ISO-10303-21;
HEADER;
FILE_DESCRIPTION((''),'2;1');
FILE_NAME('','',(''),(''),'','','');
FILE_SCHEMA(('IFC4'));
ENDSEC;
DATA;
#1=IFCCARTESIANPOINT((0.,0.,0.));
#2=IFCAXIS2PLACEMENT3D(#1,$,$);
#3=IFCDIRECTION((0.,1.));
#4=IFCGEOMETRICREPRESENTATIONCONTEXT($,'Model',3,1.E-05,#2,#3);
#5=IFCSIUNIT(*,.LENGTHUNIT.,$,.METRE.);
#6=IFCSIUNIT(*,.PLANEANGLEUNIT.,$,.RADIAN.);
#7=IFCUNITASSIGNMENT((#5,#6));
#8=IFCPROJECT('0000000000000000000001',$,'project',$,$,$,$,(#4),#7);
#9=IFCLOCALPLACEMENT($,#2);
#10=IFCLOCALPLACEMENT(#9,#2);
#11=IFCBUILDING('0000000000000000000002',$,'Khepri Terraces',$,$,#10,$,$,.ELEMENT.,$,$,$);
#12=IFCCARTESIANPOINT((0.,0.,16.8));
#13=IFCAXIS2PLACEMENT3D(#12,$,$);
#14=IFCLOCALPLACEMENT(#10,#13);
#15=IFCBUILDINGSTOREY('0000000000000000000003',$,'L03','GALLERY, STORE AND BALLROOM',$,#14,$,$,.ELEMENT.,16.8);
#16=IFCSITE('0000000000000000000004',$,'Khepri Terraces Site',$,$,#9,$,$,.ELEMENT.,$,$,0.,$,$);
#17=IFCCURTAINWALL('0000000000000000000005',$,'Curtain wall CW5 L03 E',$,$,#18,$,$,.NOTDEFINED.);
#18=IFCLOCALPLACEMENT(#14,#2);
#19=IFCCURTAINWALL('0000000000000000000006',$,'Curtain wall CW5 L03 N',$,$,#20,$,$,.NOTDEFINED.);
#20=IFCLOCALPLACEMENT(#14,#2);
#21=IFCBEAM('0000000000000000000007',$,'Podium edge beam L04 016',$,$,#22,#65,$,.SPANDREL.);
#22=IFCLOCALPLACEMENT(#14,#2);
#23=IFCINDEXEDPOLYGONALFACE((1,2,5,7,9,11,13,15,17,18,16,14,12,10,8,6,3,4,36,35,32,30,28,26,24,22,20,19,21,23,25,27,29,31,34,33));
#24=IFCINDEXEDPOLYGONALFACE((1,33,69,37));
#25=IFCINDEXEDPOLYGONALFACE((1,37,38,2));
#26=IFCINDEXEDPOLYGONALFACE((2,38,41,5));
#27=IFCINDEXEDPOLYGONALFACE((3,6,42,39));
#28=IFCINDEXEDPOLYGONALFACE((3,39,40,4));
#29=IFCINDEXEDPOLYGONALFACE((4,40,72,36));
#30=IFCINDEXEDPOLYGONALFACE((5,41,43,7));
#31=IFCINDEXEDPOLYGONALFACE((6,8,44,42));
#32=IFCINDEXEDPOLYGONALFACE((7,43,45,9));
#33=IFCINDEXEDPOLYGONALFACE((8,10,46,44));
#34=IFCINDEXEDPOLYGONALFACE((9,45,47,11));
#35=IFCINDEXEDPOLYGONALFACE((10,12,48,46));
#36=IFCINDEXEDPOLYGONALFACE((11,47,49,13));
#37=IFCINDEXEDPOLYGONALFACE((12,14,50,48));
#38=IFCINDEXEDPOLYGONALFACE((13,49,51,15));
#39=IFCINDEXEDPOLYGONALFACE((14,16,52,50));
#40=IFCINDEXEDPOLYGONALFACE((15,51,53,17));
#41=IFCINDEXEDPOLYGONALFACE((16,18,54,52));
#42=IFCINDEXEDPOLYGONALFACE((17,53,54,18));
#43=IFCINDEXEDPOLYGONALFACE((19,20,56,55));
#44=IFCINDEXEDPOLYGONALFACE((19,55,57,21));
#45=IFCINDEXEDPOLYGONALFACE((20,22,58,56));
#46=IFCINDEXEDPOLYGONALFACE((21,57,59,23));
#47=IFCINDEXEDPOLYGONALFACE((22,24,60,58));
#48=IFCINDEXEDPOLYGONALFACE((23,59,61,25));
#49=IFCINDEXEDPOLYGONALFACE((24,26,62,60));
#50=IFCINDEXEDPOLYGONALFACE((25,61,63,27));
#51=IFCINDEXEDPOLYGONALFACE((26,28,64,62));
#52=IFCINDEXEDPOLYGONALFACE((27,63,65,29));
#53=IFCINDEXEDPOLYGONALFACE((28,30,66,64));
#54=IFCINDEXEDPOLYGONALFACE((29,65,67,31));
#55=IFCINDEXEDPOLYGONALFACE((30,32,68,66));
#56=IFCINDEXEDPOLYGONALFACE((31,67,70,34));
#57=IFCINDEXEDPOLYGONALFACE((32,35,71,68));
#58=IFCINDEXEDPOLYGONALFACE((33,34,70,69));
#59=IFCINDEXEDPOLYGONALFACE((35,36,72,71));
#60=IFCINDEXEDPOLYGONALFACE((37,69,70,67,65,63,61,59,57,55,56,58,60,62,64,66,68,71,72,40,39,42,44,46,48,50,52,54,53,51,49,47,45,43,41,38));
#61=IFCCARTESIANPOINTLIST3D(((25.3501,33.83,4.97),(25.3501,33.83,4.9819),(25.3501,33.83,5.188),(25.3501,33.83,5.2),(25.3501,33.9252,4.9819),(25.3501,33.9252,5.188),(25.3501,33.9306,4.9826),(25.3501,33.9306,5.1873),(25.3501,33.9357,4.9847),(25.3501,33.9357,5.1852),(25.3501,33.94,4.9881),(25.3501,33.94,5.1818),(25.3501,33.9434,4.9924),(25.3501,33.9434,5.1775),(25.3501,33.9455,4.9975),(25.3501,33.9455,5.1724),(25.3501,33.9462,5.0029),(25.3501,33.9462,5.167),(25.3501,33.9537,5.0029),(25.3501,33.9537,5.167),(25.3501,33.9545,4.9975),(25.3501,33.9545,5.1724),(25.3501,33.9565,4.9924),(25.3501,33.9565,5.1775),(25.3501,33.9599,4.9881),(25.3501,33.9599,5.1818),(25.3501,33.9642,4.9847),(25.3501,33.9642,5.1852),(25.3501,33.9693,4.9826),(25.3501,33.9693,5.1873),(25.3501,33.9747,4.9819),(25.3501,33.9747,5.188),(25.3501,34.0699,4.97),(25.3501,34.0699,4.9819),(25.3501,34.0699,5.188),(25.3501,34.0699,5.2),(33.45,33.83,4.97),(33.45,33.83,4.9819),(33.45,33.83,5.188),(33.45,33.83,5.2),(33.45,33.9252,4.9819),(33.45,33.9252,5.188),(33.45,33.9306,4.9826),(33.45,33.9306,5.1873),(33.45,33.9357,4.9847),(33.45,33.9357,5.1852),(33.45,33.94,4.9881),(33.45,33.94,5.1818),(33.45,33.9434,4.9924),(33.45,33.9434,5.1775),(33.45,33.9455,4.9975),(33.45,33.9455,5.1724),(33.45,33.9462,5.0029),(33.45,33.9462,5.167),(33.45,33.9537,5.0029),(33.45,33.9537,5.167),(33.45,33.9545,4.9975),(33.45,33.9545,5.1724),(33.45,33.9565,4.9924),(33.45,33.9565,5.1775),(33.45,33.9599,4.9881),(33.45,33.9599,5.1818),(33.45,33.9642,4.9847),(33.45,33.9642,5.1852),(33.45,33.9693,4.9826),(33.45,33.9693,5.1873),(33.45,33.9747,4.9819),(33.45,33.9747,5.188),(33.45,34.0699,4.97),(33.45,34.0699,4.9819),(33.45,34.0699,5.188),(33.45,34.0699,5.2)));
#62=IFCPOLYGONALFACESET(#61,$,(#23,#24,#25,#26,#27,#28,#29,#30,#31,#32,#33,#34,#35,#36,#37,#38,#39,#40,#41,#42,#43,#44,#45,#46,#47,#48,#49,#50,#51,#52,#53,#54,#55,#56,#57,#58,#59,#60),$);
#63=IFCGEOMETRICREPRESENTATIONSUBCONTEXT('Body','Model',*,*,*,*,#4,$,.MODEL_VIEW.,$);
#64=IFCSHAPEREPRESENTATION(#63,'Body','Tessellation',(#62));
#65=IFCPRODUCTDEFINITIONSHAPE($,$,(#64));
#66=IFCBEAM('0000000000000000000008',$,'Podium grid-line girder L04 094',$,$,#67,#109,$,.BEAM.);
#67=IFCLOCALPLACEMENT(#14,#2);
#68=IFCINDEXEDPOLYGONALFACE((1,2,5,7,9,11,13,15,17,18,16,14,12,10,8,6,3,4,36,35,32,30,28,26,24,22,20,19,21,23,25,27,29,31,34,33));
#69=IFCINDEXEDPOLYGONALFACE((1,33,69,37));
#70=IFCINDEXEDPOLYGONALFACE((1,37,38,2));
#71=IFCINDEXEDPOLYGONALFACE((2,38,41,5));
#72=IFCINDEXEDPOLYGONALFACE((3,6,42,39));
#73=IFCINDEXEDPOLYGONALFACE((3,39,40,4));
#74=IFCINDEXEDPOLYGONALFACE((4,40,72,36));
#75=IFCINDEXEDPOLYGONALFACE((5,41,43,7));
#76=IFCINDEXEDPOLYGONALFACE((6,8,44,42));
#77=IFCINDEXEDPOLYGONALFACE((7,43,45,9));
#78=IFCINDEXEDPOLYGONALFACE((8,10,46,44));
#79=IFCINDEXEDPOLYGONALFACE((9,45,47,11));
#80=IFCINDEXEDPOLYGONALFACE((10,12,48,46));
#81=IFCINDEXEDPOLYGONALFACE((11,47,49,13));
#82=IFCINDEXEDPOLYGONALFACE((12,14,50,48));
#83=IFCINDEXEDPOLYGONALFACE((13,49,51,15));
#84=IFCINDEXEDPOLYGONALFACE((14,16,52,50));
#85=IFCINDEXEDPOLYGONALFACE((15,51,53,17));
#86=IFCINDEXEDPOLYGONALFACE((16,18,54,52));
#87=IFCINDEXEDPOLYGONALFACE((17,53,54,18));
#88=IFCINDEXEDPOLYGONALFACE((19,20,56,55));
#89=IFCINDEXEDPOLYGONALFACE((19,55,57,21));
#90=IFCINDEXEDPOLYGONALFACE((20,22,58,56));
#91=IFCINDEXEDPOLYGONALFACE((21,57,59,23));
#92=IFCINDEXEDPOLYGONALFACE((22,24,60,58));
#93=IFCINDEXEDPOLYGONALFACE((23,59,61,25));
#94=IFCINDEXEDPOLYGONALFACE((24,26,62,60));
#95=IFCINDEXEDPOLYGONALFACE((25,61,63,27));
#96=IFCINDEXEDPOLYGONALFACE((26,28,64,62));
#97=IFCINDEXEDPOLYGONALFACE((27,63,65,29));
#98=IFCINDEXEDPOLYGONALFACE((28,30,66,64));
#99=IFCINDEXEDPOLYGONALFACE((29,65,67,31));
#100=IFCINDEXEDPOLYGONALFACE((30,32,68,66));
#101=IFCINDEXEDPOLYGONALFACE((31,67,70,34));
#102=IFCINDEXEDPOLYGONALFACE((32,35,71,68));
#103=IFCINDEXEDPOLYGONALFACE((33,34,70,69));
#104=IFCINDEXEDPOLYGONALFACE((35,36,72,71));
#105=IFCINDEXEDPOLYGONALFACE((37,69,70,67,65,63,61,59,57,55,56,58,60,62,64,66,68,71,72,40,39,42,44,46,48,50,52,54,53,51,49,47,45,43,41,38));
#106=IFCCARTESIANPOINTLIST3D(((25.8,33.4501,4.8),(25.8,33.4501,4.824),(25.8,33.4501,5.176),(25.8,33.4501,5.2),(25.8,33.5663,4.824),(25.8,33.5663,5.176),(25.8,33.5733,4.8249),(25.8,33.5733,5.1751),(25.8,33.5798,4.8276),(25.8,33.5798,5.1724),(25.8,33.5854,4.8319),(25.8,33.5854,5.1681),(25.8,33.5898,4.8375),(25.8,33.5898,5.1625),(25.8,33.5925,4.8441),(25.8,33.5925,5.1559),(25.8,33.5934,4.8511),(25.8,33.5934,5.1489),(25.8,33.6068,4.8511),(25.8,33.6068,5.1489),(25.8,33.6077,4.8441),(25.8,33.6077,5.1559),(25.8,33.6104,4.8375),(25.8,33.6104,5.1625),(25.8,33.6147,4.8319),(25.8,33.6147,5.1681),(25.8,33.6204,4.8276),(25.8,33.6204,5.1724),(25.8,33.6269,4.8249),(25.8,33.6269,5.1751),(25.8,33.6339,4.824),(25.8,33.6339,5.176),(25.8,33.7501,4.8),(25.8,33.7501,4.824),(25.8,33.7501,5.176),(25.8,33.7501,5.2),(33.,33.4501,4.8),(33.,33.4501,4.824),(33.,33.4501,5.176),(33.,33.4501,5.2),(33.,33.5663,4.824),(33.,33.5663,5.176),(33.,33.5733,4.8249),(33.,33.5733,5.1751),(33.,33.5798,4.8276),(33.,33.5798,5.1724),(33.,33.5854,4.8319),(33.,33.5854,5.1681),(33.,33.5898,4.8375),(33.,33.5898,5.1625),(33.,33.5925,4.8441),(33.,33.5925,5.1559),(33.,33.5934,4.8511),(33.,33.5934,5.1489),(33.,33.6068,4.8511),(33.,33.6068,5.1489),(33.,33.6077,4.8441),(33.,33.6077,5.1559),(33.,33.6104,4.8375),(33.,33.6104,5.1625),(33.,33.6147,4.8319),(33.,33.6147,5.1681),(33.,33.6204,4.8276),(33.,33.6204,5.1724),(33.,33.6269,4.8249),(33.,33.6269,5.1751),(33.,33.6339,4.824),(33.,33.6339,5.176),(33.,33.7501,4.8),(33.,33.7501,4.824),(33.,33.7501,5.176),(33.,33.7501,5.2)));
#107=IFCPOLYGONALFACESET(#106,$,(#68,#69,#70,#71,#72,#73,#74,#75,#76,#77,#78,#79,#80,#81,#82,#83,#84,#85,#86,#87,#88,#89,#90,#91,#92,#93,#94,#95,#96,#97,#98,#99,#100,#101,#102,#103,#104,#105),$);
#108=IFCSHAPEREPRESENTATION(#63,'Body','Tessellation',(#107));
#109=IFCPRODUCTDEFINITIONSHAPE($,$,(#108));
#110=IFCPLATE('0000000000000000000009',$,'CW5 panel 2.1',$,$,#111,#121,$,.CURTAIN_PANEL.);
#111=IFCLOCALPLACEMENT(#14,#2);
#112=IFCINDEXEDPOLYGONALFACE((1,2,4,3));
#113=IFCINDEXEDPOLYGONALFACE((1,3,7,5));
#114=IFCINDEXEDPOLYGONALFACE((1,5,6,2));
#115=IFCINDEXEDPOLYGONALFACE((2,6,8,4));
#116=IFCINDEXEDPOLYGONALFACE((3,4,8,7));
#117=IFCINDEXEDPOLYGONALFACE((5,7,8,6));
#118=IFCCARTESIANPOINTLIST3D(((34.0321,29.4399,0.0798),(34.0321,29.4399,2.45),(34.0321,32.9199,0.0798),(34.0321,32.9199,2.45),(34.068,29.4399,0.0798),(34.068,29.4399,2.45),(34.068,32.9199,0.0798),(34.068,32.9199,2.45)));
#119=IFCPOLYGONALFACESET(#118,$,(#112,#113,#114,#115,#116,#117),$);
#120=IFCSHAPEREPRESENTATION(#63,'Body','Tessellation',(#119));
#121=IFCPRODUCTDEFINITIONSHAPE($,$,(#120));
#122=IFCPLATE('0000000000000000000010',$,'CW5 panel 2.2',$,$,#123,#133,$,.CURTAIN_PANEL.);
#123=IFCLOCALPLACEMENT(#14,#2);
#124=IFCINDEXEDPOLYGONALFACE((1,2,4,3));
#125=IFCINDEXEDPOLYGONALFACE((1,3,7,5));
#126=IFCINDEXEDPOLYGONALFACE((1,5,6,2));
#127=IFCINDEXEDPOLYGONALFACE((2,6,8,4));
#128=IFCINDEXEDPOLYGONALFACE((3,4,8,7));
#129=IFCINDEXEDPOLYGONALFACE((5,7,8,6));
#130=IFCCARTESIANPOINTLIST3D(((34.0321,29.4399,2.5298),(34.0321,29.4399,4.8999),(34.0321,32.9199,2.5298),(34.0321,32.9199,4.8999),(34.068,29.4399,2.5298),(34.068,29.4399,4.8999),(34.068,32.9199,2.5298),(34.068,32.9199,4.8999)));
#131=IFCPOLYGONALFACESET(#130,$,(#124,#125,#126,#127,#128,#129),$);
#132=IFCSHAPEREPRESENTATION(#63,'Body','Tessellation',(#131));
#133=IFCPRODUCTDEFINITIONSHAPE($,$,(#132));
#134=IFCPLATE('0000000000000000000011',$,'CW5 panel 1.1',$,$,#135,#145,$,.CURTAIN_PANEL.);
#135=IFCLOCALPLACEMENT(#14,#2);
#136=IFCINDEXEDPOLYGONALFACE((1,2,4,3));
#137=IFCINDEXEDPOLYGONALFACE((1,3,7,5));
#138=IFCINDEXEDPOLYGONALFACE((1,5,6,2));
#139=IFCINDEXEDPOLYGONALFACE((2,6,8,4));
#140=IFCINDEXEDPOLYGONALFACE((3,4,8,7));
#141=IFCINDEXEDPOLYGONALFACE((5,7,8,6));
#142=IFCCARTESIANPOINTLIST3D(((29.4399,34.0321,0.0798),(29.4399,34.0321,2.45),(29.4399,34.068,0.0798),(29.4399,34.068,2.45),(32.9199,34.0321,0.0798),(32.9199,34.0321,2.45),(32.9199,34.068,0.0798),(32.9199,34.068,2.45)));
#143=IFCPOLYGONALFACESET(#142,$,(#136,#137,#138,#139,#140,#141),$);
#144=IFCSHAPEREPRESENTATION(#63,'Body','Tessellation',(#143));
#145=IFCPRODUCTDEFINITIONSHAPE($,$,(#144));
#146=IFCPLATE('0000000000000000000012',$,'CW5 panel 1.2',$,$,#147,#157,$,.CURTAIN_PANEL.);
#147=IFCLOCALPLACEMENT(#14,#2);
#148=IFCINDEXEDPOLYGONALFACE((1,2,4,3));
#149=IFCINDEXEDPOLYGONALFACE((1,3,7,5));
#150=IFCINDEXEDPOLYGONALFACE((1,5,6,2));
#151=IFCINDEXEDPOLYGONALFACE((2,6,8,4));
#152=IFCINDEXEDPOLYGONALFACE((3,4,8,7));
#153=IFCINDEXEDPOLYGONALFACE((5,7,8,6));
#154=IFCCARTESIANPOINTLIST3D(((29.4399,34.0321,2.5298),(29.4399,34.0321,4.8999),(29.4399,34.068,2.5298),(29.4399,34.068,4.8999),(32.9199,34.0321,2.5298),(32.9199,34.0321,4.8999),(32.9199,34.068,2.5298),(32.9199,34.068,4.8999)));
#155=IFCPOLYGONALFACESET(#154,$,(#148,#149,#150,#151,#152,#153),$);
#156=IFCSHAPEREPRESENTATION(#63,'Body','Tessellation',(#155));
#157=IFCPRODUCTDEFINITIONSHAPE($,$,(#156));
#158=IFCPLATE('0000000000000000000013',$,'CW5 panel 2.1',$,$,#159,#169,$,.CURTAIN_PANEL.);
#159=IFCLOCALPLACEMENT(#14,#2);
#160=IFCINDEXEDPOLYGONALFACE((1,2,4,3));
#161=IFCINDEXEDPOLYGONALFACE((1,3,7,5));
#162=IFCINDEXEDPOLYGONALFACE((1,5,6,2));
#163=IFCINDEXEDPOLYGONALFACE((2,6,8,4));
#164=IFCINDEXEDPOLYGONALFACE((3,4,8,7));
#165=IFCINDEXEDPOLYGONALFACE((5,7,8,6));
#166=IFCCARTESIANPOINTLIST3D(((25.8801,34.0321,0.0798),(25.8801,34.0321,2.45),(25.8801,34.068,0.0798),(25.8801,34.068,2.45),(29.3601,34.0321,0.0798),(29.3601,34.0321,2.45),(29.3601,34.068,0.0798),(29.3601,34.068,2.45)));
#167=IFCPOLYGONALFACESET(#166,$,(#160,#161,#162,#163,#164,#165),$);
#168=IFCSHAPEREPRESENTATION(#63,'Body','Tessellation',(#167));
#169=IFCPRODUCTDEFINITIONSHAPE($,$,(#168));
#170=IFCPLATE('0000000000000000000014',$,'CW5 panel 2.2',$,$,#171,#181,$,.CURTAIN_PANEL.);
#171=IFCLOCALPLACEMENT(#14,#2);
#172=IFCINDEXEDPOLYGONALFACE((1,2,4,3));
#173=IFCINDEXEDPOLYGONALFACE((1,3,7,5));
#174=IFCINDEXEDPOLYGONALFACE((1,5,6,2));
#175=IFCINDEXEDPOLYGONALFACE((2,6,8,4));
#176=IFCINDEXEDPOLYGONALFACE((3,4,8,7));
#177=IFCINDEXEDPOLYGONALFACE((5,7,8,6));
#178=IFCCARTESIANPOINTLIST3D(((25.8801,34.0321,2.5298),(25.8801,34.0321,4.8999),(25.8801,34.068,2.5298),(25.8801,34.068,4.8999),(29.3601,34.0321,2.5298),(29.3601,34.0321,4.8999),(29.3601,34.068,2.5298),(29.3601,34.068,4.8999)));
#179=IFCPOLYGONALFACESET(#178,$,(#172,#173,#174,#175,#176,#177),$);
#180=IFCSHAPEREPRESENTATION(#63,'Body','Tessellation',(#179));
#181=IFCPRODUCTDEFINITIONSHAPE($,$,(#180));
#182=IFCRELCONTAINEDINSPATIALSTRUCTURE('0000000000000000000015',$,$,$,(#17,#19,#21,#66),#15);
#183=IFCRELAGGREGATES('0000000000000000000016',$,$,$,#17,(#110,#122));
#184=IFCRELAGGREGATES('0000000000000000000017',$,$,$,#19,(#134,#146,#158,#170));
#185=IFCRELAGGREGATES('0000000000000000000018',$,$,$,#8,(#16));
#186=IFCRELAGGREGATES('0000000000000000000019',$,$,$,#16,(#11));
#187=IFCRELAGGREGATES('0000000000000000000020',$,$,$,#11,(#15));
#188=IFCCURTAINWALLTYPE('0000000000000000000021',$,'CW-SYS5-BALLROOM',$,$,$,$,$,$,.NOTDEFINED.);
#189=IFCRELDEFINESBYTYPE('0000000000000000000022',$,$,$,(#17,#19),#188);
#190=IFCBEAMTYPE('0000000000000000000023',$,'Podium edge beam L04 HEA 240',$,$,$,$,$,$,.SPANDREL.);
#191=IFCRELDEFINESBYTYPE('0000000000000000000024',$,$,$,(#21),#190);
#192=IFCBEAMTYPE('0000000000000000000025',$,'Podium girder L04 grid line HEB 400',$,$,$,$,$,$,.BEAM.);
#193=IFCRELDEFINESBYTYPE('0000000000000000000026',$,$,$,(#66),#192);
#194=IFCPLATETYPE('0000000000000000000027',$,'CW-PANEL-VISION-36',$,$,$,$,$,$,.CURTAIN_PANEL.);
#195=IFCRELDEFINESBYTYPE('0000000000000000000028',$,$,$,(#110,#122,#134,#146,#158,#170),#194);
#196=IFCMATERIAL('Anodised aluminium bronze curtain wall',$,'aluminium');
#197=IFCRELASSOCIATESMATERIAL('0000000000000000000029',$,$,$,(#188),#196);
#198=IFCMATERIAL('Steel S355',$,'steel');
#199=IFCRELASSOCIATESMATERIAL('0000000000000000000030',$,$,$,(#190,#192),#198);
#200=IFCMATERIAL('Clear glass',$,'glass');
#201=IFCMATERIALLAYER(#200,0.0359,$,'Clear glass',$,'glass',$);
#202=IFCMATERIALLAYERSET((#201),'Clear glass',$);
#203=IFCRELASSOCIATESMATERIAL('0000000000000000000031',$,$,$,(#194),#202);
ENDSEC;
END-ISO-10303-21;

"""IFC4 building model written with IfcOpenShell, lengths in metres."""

from ifc_helpers import new_model, si_unit, direction, frame, origin, origin_2d, place, context, subcontext, project, spatial, rectangle, i_section, extrude, material, layer, layer_set, material_profile, profile_set, type_object, element, aggregate, save


model = new_model("IFC4")

# Units and contexts
model_context = context("Model", 3, precision=1e-05, world=origin(), true_north=direction((0.0, 1.0)))
body_context = subcontext(model_context, "Body", "Model", "MODEL_VIEW")
ifc_project = project(units=[si_unit("LENGTHUNIT", "METRE"), si_unit("PLANEANGLEUNIT", "RADIAN")], contexts=[model_context])

# Site, building, storey
site_placement = place(None, origin())
site = spatial("IfcSite", under=ifc_project, at=site_placement, Name="Khepri Terraces Site", CompositionType="ELEMENT", RefElevation=0.0)
building_placement = place(site_placement, origin())
building = spatial("IfcBuilding", under=site, at=building_placement, Name="Khepri Terraces", CompositionType="ELEMENT")
storey_placement = place(building_placement, frame((0.0, 0.0, 16.8)))
storey = spatial("IfcBuildingStorey", under=building, at=storey_placement, Name="L03", Description="GALLERY, STORE AND BALLROOM", CompositionType="ELEMENT", Elevation=16.8)

# Curtain wall
ifc_material_1 = material(Name="Anodised aluminium bronze curtain wall", Category="aluminium")
curtain_wall_type = type_object("IfcCurtainWallType", Name="CW-SYS5-BALLROOM", PredefinedType="NOTDEFINED", material=ifc_material_1)
curtain_wall_1_placement = place(storey_placement, origin())
curtain_wall_1 = element("IfcCurtainWall", 1, at=curtain_wall_1_placement, inside=storey, type_object=curtain_wall_type, Name="Curtain wall CW5 L03 E", PredefinedType="NOTDEFINED")

# Curtain wall
curtain_wall_2_placement = place(storey_placement, origin())
curtain_wall_2 = element("IfcCurtainWall", 2, at=curtain_wall_2_placement, inside=storey, type_object=curtain_wall_type, Name="Curtain wall CW5 L03 N", PredefinedType="NOTDEFINED")

# Beams
ifc_material_2 = material(Name="Steel S355", Category="steel")
ifc_material_profile_1 = material_profile(ifc_material_2, i_section(OverallWidth=0.24, OverallDepth=0.23, WebThickness=0.0076, FlangeThickness=0.012, FilletRadius=0.021, at=origin_2d()), Name="Steel S355", Category="steel")
ifc_profile_set_1 = profile_set([ifc_material_profile_1], Name="Steel S355")
beam_type_1 = type_object("IfcBeamType", Name="Podium edge beam L04 HEA 240", PredefinedType="SPANDREL", material=ifc_profile_set_1)
beam_1_placement = place(storey_placement, frame((25.3501, 33.95, 5.085), z_axis=(1.0, 0.0, 0.0), x_axis=(0.0, 1.0, 0.0)))
element("IfcBeam", 3, at=beam_1_placement, inside=storey, type_object=beam_type_1, Name="Podium edge beam L04 016", PredefinedType="SPANDREL", context=body_context, shape_type="SweptSolid", body=[
    extrude(i_section(OverallWidth=0.24, OverallDepth=0.23, WebThickness=0.0076, FlangeThickness=0.012, FilletRadius=0.021, at=origin_2d()), origin(), (0.0, 0.0, 1.0), 8.0999),
])
ifc_material_profile_2 = material_profile(ifc_material_2, i_section(OverallWidth=0.3, OverallDepth=0.3999, WebThickness=0.0134, FlangeThickness=0.0239, FilletRadius=0.0271, at=origin_2d()), Name="Steel S355", Category="steel")
ifc_profile_set_2 = profile_set([ifc_material_profile_2], Name="Steel S355")
beam_type_2 = type_object("IfcBeamType", Name="Podium girder L04 grid line HEB 400", PredefinedType="BEAM", material=ifc_profile_set_2)
beam_2_placement = place(storey_placement, frame((25.8, 33.6001, 5.0), z_axis=(1.0, 0.0, 0.0), x_axis=(0.0, 1.0, 0.0)))
element("IfcBeam", 4, at=beam_2_placement, inside=storey, type_object=beam_type_2, Name="Podium grid-line girder L04 094", PredefinedType="BEAM", context=body_context, shape_type="SweptSolid", body=[
    extrude(i_section(OverallWidth=0.3, OverallDepth=0.3999, WebThickness=0.0134, FlangeThickness=0.0239, FilletRadius=0.0271, at=origin_2d()), origin(), (0.0, 0.0, 1.0), 7.2),
])

# Plates
ifc_material_3 = material(Name="Clear glass", Category="glass")
ifc_layer = layer(ifc_material_3, 0.0359, Name="Clear glass", Category="glass")
ifc_layer_set = layer_set([ifc_layer], Name="Clear glass")
plate_type = type_object("IfcPlateType", Name="CW-PANEL-VISION-36", PredefinedType="CURTAIN_PANEL", material=ifc_layer_set)
plate_1_placement = place(storey_placement, frame((34.05, 31.1799, 0.0798), z_axis=(0.0, 0.0, 1.0), x_axis=(0.0, 1.0, 0.0)))
plate_1 = element("IfcPlate", 5, at=plate_1_placement, type_object=plate_type, Name="CW5 panel 2.1", PredefinedType="CURTAIN_PANEL", context=body_context, shape_type="SweptSolid", body=[
    extrude(rectangle(XDim=3.48, YDim=0.0359, at=origin_2d()), origin(), (0.0, 0.0, 1.0), 2.3701),
])
plate_2_placement = place(storey_placement, frame((34.05, 31.1799, 2.5298), z_axis=(0.0, 0.0, 1.0), x_axis=(0.0, 1.0, 0.0)))
plate_2 = element("IfcPlate", 6, at=plate_2_placement, type_object=plate_type, Name="CW5 panel 2.2", PredefinedType="CURTAIN_PANEL", context=body_context, shape_type="SweptSolid", body=[
    extrude(rectangle(XDim=3.48, YDim=0.0359, at=origin_2d()), origin(), (0.0, 0.0, 1.0), 2.3701),
])
aggregate(curtain_wall_1, [plate_1, plate_2])
plate_3_placement = place(storey_placement, frame((31.1799, 34.05, 0.0798), z_axis=(0.0, 0.0, 1.0), x_axis=(-1.0, 0.0, 0.0)))
plate_3 = element("IfcPlate", 7, at=plate_3_placement, type_object=plate_type, Name="CW5 panel 1.1", PredefinedType="CURTAIN_PANEL", context=body_context, shape_type="SweptSolid", body=[
    extrude(rectangle(XDim=3.48, YDim=0.0359, at=origin_2d()), origin(), (0.0, 0.0, 1.0), 2.3701),
])
plate_4_placement = place(storey_placement, frame((31.1799, 34.05, 2.5298), z_axis=(0.0, 0.0, 1.0), x_axis=(-1.0, 0.0, 0.0)))
plate_4 = element("IfcPlate", 8, at=plate_4_placement, type_object=plate_type, Name="CW5 panel 1.2", PredefinedType="CURTAIN_PANEL", context=body_context, shape_type="SweptSolid", body=[
    extrude(rectangle(XDim=3.48, YDim=0.0359, at=origin_2d()), origin(), (0.0, 0.0, 1.0), 2.3701),
])
plate_5_placement = place(storey_placement, frame((27.6201, 34.05, 0.0798), z_axis=(0.0, 0.0, 1.0), x_axis=(-1.0, 0.0, 0.0)))
plate_5 = element("IfcPlate", 9, at=plate_5_placement, type_object=plate_type, Name="CW5 panel 2.1", PredefinedType="CURTAIN_PANEL", context=body_context, shape_type="SweptSolid", body=[
    extrude(rectangle(XDim=3.48, YDim=0.0359, at=origin_2d()), origin(), (0.0, 0.0, 1.0), 2.3701),
])
plate_6_placement = place(storey_placement, frame((27.6201, 34.05, 2.5298), z_axis=(0.0, 0.0, 1.0), x_axis=(-1.0, 0.0, 0.0)))
plate_6 = element("IfcPlate", 10, at=plate_6_placement, type_object=plate_type, Name="CW5 panel 2.2", PredefinedType="CURTAIN_PANEL", context=body_context, shape_type="SweptSolid", body=[
    extrude(rectangle(XDim=3.48, YDim=0.0359, at=origin_2d()), origin(), (0.0, 0.0, 1.0), 2.3701),
])
aggregate(curtain_wall_2, [plate_3, plate_4, plate_5, plate_6])

save(model, "model.ifc")
